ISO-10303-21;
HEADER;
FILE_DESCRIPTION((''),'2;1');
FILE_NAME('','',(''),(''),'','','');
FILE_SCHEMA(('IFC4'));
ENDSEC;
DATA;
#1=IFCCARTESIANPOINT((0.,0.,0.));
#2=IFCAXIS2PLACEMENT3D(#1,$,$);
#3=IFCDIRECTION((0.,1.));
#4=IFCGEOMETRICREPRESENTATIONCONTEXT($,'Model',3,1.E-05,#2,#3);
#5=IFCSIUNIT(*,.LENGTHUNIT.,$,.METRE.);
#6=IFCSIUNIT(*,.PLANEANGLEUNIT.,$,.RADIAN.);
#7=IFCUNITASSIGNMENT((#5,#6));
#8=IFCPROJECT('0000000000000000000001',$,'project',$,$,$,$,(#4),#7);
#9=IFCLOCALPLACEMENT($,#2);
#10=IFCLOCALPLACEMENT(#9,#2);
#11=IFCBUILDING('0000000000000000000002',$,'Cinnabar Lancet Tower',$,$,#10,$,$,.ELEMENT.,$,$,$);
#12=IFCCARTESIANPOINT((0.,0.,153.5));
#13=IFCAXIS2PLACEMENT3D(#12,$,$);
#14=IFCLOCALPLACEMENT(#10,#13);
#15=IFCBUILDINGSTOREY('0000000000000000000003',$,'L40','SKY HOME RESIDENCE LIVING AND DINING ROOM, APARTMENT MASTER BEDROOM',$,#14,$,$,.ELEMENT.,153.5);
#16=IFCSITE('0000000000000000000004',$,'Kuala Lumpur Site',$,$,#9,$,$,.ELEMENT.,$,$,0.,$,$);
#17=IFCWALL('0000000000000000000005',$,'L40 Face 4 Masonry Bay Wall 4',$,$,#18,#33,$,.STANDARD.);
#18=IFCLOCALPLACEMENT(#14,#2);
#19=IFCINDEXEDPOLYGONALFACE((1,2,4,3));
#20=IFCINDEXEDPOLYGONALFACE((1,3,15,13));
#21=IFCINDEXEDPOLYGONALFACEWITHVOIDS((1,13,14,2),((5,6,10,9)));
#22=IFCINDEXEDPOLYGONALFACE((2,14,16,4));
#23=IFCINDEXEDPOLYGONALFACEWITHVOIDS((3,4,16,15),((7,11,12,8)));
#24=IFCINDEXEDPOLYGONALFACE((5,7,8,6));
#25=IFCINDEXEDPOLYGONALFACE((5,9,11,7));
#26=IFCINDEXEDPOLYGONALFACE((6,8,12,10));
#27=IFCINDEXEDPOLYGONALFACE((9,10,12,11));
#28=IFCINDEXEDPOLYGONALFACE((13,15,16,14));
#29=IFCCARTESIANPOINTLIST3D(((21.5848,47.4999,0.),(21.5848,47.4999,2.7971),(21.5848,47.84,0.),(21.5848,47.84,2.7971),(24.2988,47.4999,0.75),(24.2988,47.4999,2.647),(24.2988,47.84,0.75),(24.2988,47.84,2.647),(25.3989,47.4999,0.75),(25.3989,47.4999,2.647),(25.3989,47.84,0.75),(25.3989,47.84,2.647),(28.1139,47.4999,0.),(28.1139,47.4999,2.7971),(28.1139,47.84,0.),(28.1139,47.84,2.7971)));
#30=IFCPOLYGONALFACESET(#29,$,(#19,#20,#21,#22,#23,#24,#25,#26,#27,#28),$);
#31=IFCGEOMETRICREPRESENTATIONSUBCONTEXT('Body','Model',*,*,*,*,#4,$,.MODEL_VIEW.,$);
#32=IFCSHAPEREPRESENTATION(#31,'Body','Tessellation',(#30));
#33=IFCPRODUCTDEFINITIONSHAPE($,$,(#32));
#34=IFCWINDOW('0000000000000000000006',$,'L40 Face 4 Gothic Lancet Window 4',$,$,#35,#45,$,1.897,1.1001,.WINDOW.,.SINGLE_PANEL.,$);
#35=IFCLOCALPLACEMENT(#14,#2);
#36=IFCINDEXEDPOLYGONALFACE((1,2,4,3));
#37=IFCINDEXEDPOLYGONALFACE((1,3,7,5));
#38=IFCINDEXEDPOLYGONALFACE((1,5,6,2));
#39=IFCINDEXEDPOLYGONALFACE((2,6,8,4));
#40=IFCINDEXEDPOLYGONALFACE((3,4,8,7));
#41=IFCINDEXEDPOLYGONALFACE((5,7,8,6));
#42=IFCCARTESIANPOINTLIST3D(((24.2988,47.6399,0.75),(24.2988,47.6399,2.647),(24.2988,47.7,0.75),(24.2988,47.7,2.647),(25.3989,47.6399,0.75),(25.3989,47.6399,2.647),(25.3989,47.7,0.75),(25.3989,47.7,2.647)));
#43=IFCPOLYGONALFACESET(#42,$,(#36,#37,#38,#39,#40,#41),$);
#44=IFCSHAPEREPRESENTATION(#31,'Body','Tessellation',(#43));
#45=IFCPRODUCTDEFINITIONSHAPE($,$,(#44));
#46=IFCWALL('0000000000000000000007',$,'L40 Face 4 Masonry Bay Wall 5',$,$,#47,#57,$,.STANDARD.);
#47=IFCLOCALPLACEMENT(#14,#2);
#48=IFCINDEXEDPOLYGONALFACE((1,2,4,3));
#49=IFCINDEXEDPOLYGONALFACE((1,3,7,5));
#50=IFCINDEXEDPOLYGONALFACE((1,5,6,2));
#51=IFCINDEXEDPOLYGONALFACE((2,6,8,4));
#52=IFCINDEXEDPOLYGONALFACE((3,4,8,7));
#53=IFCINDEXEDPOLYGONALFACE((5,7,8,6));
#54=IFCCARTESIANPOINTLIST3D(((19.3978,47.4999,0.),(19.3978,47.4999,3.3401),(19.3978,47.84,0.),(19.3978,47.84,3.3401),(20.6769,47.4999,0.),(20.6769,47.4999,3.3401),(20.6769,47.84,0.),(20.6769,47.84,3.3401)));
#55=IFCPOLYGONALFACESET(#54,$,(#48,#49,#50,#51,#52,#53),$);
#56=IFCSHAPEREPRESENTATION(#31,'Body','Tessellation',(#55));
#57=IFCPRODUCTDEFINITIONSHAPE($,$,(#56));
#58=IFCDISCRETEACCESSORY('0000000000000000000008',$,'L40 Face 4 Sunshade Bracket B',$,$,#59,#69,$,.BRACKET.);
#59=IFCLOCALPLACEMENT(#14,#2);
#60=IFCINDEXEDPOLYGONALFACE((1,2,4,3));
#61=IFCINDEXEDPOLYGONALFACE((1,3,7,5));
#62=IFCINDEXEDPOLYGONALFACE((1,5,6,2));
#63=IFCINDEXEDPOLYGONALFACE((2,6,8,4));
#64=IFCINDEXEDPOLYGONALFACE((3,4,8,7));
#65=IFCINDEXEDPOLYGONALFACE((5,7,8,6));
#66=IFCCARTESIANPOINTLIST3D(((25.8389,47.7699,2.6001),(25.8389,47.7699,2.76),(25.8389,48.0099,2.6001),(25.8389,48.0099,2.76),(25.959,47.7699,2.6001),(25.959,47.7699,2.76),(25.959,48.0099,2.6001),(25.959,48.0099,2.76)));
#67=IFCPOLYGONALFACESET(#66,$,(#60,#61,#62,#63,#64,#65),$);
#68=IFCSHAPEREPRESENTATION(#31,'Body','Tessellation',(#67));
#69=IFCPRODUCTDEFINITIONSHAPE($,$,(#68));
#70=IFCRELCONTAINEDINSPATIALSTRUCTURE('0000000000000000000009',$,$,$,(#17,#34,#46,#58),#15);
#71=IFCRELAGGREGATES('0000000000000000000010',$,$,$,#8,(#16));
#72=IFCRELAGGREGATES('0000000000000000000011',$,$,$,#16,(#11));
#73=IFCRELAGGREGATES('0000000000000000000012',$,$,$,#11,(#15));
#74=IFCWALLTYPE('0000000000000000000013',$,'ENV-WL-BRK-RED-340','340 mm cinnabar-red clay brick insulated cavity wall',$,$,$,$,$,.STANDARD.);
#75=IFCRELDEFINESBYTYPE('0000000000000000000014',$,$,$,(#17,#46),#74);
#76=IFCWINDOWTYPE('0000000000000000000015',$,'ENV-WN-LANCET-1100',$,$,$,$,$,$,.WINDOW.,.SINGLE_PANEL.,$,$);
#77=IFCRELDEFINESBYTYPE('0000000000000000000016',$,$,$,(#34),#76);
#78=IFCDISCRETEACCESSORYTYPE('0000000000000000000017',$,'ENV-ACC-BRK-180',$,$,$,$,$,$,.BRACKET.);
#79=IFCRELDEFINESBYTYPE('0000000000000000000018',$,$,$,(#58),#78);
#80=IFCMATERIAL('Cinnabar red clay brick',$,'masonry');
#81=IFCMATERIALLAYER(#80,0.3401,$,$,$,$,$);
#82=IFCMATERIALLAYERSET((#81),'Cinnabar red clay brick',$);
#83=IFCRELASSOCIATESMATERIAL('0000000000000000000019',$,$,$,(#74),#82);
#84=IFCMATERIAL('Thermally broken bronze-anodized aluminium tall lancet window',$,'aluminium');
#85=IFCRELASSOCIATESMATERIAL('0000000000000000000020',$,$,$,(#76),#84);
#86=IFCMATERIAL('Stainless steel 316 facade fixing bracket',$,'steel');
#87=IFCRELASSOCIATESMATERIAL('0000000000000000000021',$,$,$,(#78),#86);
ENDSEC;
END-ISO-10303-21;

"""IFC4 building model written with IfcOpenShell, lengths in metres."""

from ifc_helpers import new_model, si_unit, direction, frame, frame_2d, origin, origin_2d, place, context, subcontext, project, spatial, rectangle, extrude, material, layer, layer_set, type_object, element, fill, save


model = new_model("IFC4")

# Units and contexts
model_context = context("Model", 3, precision=1e-05, world=origin(), true_north=direction((0.0, 1.0)))
body_context = subcontext(model_context, "Body", "Model", "MODEL_VIEW")
ifc_project = project(units=[si_unit("LENGTHUNIT", "METRE"), si_unit("PLANEANGLEUNIT", "RADIAN")], contexts=[model_context])

# Site, building, storey
site_placement = place(None, origin())
site = spatial("IfcSite", under=ifc_project, at=site_placement, Name="Kuala Lumpur Site", CompositionType="ELEMENT", RefElevation=0.0)
building_placement = place(site_placement, origin())
building = spatial("IfcBuilding", under=site, at=building_placement, Name="Cinnabar Lancet Tower", CompositionType="ELEMENT")
storey_placement = place(building_placement, frame((0.0, 0.0, 153.5)))
storey = spatial("IfcBuildingStorey", under=building, at=storey_placement, Name="L40", Description="SKY HOME RESIDENCE LIVING AND DINING ROOM, APARTMENT MASTER BEDROOM", CompositionType="ELEMENT", Elevation=153.5)

# Wall, opening, window
ifc_material_1 = material(Name="Cinnabar red clay brick", Category="masonry")
ifc_layer_1 = layer(ifc_material_1, 0.3401)
ifc_layer_set_1 = layer_set([ifc_layer_1], Name="Cinnabar red clay brick")
wall_type_1 = type_object("IfcWallType", Name="ENV-WL-BRK-RED-340", Description="340 mm cinnabar-red clay brick insulated cavity wall", PredefinedType="STANDARD", material=ifc_layer_set_1)
wall_1_placement = place(storey_placement, frame((28.114, 47.6699, 0.0), z_axis=(0.0, 0.0, 1.0), x_axis=(-1.0, 0.0, 0.0)))
wall_1 = element("IfcWall", 1, at=wall_1_placement, inside=storey, type_object=wall_type_1, Name="L40 Face 4 Masonry Bay Wall 4", PredefinedType="STANDARD", context=body_context, shape_type="SweptSolid", body=[
    extrude(rectangle(XDim=6.5291, YDim=0.3401, at=frame_2d((3.2646, 0.0))), origin(), (0.0, 0.0, 1.0), 2.7971),
])
opening_1_placement = place(wall_1_placement, frame((2.7151, 0.0, 0.75)))
opening_1 = element("IfcOpeningElement", 2, at=opening_1_placement, cuts=wall_1, PredefinedType="OPENING", context=body_context, shape_type="SweptSolid", body=[
    extrude(rectangle(XDim=1.1001, YDim=1.897, at=frame_2d((0.55, 0.9485))), frame((0.0, 0.1799, 0.0), z_axis=(0.0, -1.0, 0.0), x_axis=(1.0, 0.0, 0.0)), (0.0, 0.0, 1.0), 0.3601),
])
ifc_material_2 = material(Name="Thermally broken bronze-anodized aluminium tall lancet window", Category="aluminium")
window_type = type_object("IfcWindowType", Name="ENV-WN-LANCET-1100", PartitioningType="SINGLE_PANEL", PredefinedType="WINDOW", material=ifc_material_2)
window_placement = place(opening_1_placement, origin())
window = element("IfcWindow", 3, at=window_placement, inside=storey, type_object=window_type, Name="L40 Face 4 Gothic Lancet Window 4", OverallHeight=1.897, OverallWidth=1.1001, PartitioningType="SINGLE_PANEL", PredefinedType="WINDOW", context=body_context, shape_type="SweptSolid", body=[
    extrude(rectangle(XDim=1.1001, YDim=1.897, at=frame_2d((0.55, 0.9485))), frame((0.0, 0.03, 0.0), z_axis=(0.0, -1.0, 0.0), x_axis=(1.0, 0.0, 0.0)), (0.0, 0.0, 1.0), 0.0601),
])
fill(opening_1, window)

# Wall
wall_2_placement = place(storey_placement, frame((20.677, 47.6699, 0.0), z_axis=(0.0, 0.0, 1.0), x_axis=(-1.0, 0.0, 0.0)))
element("IfcWall", 4, at=wall_2_placement, inside=storey, type_object=wall_type_1, Name="L40 Face 4 Masonry Bay Wall 5", PredefinedType="STANDARD", context=body_context, shape_type="SweptSolid", body=[
    extrude(rectangle(XDim=1.2791, YDim=0.3401, at=frame_2d((0.6396, 0.0))), origin(), (0.0, 0.0, 1.0), 3.3401),
])

# Discrete accessory
ifc_material_3 = material(Name="Stainless steel 316 facade fixing bracket", Category="steel")
discrete_accessory_type = type_object("IfcDiscreteAccessoryType", Name="ENV-ACC-BRK-180", PredefinedType="BRACKET", material=ifc_material_3)
discrete_accessory_placement = place(storey_placement, frame((25.8989, 47.8899, 2.6001), z_axis=(0.0, 0.0, 1.0), x_axis=(-1.0, 0.0, 0.0)))
element("IfcDiscreteAccessory", 5, at=discrete_accessory_placement, inside=storey, type_object=discrete_accessory_type, Name="L40 Face 4 Sunshade Bracket B", PredefinedType="BRACKET", context=body_context, shape_type="SweptSolid", body=[
    extrude(rectangle(XDim=0.1201, YDim=0.24, at=origin_2d()), origin(), (0.0, 0.0, 1.0), 0.1599),
])

save(model, "model.ifc")
